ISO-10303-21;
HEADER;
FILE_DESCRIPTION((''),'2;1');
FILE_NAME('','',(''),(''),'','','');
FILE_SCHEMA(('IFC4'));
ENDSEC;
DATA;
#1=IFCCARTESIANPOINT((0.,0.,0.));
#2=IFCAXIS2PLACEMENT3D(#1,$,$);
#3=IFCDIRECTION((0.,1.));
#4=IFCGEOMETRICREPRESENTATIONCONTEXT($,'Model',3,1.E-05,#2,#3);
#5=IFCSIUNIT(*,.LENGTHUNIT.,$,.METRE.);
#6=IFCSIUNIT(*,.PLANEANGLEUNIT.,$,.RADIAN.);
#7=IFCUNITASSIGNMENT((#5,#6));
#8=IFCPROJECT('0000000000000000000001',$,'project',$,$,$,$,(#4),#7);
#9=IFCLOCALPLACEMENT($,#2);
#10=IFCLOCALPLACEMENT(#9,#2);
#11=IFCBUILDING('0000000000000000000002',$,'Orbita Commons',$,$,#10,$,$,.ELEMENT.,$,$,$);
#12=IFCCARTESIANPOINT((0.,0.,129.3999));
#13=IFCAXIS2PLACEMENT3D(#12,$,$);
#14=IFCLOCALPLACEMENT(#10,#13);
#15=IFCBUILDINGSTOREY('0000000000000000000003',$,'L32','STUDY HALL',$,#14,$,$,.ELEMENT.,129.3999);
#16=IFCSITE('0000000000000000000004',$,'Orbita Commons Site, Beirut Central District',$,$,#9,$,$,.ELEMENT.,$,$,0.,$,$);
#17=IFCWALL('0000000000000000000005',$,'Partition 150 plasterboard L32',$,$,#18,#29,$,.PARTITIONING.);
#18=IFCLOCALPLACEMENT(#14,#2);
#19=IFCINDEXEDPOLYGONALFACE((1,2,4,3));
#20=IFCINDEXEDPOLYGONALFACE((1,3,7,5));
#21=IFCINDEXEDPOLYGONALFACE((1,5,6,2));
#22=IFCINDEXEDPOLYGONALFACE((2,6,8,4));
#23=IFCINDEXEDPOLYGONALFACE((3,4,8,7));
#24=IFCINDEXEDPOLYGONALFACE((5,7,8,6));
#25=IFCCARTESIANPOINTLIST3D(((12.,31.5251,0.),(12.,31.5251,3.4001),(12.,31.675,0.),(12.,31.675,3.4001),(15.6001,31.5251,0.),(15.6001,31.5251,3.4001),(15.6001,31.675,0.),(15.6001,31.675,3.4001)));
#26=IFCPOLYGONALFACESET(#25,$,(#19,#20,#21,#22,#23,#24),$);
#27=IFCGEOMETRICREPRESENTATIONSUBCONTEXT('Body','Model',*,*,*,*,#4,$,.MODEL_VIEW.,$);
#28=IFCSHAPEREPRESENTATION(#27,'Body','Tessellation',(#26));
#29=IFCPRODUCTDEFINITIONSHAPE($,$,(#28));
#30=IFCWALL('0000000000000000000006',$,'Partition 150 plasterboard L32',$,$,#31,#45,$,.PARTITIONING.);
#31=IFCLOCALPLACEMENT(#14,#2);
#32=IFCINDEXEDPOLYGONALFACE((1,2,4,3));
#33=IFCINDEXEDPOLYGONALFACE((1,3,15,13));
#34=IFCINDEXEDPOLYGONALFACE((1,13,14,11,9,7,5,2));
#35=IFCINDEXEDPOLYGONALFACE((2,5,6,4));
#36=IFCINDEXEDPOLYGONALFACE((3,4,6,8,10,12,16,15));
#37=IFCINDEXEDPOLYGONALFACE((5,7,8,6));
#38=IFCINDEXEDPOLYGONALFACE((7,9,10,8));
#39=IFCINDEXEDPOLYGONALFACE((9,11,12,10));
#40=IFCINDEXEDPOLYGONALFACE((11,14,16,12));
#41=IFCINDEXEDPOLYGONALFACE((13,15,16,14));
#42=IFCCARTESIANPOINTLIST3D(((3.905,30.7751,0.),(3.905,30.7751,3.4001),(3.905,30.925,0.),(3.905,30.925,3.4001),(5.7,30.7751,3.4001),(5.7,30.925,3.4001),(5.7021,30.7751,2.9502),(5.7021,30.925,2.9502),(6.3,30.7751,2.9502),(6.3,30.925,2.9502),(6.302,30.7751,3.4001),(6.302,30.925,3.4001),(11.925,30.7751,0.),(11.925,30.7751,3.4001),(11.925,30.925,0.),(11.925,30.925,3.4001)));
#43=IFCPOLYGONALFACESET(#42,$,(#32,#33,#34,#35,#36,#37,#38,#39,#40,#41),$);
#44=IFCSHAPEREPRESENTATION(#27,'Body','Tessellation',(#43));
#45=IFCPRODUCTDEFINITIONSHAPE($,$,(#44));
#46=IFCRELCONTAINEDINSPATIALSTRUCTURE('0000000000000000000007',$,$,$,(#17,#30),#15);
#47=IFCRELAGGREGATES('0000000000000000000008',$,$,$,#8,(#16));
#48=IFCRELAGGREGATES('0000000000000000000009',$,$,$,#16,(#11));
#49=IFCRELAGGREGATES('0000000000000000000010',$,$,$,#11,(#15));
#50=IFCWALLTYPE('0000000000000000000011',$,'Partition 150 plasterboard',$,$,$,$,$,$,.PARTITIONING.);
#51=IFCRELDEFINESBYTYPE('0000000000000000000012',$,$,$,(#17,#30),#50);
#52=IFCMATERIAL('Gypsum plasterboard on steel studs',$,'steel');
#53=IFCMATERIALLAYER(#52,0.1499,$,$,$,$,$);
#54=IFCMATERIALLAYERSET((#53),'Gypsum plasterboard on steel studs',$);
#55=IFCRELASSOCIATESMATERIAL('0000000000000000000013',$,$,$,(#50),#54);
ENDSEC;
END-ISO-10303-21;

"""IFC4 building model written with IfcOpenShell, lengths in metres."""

from ifc_helpers import new_model, si_unit, direction, frame, frame_2d, origin, place, context, subcontext, project, spatial, polyline, rectangle, outline, extrude, material, layer, layer_set, type_object, element, save


model = new_model("IFC4")

# Units and contexts
model_context = context("Model", 3, precision=1e-05, world=origin(), true_north=direction((0.0, 1.0)))
body_context = subcontext(model_context, "Body", "Model", "MODEL_VIEW")
ifc_project = project(units=[si_unit("LENGTHUNIT", "METRE"), si_unit("PLANEANGLEUNIT", "RADIAN")], contexts=[model_context])

# Site, building, storey
site_placement = place(None, origin())
site = spatial("IfcSite", under=ifc_project, at=site_placement, Name="Orbita Commons Site, Beirut Central District", CompositionType="ELEMENT", RefElevation=0.0)
building_placement = place(site_placement, origin())
building = spatial("IfcBuilding", under=site, at=building_placement, Name="Orbita Commons", CompositionType="ELEMENT")
storey_placement = place(building_placement, frame((0.0, 0.0, 129.3999)))
storey = spatial("IfcBuildingStorey", under=building, at=storey_placement, Name="L32", Description="STUDY HALL", CompositionType="ELEMENT", Elevation=129.3999)

# Walls
ifc_material_1 = material(Name="Gypsum plasterboard on steel studs", Category="steel")
ifc_layer_1 = layer(ifc_material_1, 0.1499)
ifc_layer_set_1 = layer_set([ifc_layer_1], Name="Gypsum plasterboard on steel studs")
wall_type_1 = type_object("IfcWallType", Name="Partition 150 plasterboard", PredefinedType="PARTITIONING", material=ifc_layer_set_1)
wall_1_placement = place(storey_placement, frame((12.0, 31.6001, 0.0), z_axis=(0.0, 0.0, 1.0), x_axis=(1.0, 0.0, 0.0)))
element("IfcWall", 1, at=wall_1_placement, inside=storey, type_object=wall_type_1, Name="Partition 150 plasterboard L32", PredefinedType="PARTITIONING", context=body_context, shape_type="SweptSolid", body=[
    extrude(rectangle(XDim=3.6001, YDim=0.1499, at=frame_2d((1.8, 0.0))), origin(), (0.0, 0.0, 1.0), 3.4001),
])
wall_2_placement = place(storey_placement, frame((3.905, 30.8501, 0.0), z_axis=(0.0, 0.0, 1.0), x_axis=(1.0, 0.0, 0.0)))
element("IfcWall", 2, at=wall_2_placement, inside=storey, type_object=wall_type_1, Name="Partition 150 plasterboard L32", PredefinedType="PARTITIONING", context=body_context, shape_type="SweptSolid", body=[
    extrude(outline(polyline([(0.0, 0.0), (8.02, 0.0), (8.02, 3.4001), (2.397, 3.4001), (2.395, 2.9502), (1.7971, 2.9502), (1.7949, 3.4001), (0.0, 3.4001), (0.0, 0.0)])), frame((0.0, 0.075, 0.0), z_axis=(0.0, -1.0, 0.0), x_axis=(1.0, 0.0, 0.0)), (0.0, 0.0, 1.0), 0.1499),
])

save(model, "model.ifc")
